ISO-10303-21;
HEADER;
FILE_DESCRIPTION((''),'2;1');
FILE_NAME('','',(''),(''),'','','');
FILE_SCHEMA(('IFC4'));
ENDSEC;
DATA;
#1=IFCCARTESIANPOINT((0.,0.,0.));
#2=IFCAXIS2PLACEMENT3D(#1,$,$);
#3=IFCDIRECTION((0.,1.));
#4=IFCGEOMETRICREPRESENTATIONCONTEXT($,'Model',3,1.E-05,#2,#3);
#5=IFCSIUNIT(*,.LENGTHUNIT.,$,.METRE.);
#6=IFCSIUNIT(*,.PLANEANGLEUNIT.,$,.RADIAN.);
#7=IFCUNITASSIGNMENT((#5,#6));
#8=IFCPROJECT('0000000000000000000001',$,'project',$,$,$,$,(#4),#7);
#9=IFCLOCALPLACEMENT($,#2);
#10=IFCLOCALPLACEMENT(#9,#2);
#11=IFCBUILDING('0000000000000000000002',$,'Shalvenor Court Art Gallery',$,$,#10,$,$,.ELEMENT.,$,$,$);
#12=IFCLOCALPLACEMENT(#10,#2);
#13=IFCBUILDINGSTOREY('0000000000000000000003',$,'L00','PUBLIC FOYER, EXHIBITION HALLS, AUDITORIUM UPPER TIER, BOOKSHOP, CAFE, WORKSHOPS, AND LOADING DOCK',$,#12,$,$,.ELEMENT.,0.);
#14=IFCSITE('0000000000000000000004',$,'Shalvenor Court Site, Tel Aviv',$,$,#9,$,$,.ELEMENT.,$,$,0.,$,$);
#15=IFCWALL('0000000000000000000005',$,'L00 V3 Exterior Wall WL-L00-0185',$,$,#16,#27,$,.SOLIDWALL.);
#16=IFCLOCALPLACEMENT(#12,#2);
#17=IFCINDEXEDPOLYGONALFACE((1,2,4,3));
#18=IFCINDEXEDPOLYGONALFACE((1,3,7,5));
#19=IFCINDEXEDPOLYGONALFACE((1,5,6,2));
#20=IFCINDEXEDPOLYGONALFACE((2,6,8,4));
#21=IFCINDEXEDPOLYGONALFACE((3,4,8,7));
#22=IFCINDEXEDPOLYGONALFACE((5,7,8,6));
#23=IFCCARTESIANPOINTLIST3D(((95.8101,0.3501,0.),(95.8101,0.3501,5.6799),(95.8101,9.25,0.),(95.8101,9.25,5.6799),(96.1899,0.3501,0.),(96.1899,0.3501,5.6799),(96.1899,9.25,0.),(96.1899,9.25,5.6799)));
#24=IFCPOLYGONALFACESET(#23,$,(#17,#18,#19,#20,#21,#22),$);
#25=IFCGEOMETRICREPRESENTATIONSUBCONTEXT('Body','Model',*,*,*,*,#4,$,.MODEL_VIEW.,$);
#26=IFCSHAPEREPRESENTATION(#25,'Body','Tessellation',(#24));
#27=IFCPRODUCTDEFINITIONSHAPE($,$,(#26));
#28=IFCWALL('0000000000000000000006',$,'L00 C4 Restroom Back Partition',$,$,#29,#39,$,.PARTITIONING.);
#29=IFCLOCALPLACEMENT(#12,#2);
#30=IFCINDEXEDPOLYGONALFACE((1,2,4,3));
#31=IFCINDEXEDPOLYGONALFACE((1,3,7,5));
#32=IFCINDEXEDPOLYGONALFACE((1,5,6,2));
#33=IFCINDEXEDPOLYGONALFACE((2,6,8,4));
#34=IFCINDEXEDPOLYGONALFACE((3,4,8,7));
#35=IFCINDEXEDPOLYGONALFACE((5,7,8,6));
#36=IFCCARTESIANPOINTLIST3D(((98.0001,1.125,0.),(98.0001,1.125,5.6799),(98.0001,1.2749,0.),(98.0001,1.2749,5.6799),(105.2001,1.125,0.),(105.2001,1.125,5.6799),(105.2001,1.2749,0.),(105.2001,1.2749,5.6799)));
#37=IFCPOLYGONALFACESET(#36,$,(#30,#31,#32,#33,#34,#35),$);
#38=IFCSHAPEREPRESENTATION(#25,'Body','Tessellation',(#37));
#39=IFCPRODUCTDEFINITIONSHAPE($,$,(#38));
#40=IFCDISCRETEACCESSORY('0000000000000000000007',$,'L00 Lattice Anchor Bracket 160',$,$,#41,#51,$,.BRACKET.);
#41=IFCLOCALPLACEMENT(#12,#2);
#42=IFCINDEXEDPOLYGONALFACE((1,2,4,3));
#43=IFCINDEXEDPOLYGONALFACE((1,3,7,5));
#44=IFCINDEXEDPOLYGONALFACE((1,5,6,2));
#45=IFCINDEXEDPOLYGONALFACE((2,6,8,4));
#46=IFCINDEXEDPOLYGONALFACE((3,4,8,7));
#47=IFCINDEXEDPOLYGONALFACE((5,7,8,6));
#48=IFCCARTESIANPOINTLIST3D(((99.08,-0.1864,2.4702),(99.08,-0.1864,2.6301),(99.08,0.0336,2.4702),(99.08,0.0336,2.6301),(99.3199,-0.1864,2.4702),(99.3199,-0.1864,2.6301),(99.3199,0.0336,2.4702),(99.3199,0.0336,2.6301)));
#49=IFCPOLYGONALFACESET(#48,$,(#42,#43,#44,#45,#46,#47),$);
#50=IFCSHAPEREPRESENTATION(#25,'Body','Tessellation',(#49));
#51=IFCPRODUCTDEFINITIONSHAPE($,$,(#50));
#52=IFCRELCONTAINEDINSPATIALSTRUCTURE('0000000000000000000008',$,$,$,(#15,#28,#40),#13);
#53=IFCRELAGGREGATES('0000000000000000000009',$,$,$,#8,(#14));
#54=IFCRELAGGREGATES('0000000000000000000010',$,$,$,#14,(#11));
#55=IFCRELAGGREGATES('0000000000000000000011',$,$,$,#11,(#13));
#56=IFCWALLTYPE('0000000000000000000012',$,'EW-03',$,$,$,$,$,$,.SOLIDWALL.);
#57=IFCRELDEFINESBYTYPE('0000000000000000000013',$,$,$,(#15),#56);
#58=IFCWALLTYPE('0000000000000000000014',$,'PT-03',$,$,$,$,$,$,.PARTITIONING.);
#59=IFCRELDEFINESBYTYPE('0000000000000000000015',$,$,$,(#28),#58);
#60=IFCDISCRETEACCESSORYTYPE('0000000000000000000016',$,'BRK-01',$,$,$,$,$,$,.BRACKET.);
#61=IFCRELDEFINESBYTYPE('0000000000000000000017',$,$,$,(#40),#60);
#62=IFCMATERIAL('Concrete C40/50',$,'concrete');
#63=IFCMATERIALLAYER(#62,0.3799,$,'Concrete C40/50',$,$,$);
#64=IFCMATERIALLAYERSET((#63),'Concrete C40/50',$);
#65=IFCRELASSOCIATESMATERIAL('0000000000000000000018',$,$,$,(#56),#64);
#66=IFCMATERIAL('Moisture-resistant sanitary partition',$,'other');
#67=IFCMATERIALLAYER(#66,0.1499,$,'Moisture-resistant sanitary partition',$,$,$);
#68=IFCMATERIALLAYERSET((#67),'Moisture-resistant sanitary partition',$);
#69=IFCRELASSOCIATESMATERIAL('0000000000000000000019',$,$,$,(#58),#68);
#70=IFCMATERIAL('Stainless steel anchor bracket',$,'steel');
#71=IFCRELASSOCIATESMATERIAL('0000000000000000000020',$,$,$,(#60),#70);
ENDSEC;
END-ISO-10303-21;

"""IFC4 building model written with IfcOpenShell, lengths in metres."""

from ifc_helpers import new_model, si_unit, direction, frame, frame_2d, origin, origin_2d, place, context, subcontext, project, spatial, rectangle, extrude, material, layer, layer_set, type_object, element, save


model = new_model("IFC4")

# Units and contexts
model_context = context("Model", 3, precision=1e-05, world=origin(), true_north=direction((0.0, 1.0)))
body_context = subcontext(model_context, "Body", "Model", "MODEL_VIEW")
ifc_project = project(units=[si_unit("LENGTHUNIT", "METRE"), si_unit("PLANEANGLEUNIT", "RADIAN")], contexts=[model_context])

# Site, building, storey
site_placement = place(None, origin())
site = spatial("IfcSite", under=ifc_project, at=site_placement, Name="Shalvenor Court Site, Tel Aviv", CompositionType="ELEMENT", RefElevation=0.0)
building_placement = place(site_placement, origin())
building = spatial("IfcBuilding", under=site, at=building_placement, Name="Shalvenor Court Art Gallery", CompositionType="ELEMENT")
storey_placement = place(building_placement, origin())
storey = spatial("IfcBuildingStorey", under=building, at=storey_placement, Name="L00", Description="PUBLIC FOYER, EXHIBITION HALLS, AUDITORIUM UPPER TIER, BOOKSHOP, CAFE, WORKSHOPS, AND LOADING DOCK", CompositionType="ELEMENT", Elevation=0.0)

# Walls
ifc_material_1 = material(Name="Concrete C40/50", Category="concrete")
ifc_layer_1 = layer(ifc_material_1, 0.3799, Name="Concrete C40/50")
ifc_layer_set_1 = layer_set([ifc_layer_1], Name="Concrete C40/50")
wall_type_1 = type_object("IfcWallType", Name="EW-03", PredefinedType="SOLIDWALL", material=ifc_layer_set_1)
wall_1_placement = place(storey_placement, frame((96.0, 0.3501, 0.0), z_axis=(0.0, 0.0, 1.0), x_axis=(0.0, 1.0, 0.0)))
element("IfcWall", 1, at=wall_1_placement, inside=storey, type_object=wall_type_1, Name="L00 V3 Exterior Wall WL-L00-0185", PredefinedType="SOLIDWALL", context=body_context, shape_type="SweptSolid", body=[
    extrude(rectangle(XDim=8.8999, YDim=0.3799, at=frame_2d((4.45, 0.0))), origin(), (0.0, 0.0, 1.0), 5.6799),
])
ifc_material_2 = material(Name="Moisture-resistant sanitary partition", Category="other")
ifc_layer_2 = layer(ifc_material_2, 0.1499, Name="Moisture-resistant sanitary partition")
ifc_layer_set_2 = layer_set([ifc_layer_2], Name="Moisture-resistant sanitary partition")
wall_type_2 = type_object("IfcWallType", Name="PT-03", PredefinedType="PARTITIONING", material=ifc_layer_set_2)
wall_2_placement = place(storey_placement, frame((98.0, 1.2, 0.0), z_axis=(0.0, 0.0, 1.0), x_axis=(1.0, 0.0, 0.0)))
element("IfcWall", 2, at=wall_2_placement, inside=storey, type_object=wall_type_2, Name="L00 C4 Restroom Back Partition", PredefinedType="PARTITIONING", context=body_context, shape_type="SweptSolid", body=[
    extrude(rectangle(XDim=7.2, YDim=0.1499, at=frame_2d((3.6001, 0.0))), origin(), (0.0, 0.0, 1.0), 5.6799),
])

# Discrete accessory
ifc_material_3 = material(Name="Stainless steel anchor bracket", Category="steel")
discrete_accessory_type = type_object("IfcDiscreteAccessoryType", Name="BRK-01", PredefinedType="BRACKET", material=ifc_material_3)
discrete_accessory_placement = place(storey_placement, frame((99.2, -0.0764, 2.4702), z_axis=(0.0, 0.0, 1.0), x_axis=(-1.0, 0.0, 0.0)))
element("IfcDiscreteAccessory", 3, at=discrete_accessory_placement, inside=storey, type_object=discrete_accessory_type, Name="L00 Lattice Anchor Bracket 160", PredefinedType="BRACKET", context=body_context, shape_type="SweptSolid", body=[
    extrude(rectangle(XDim=0.24, YDim=0.22, at=origin_2d()), origin(), (0.0, 0.0, 1.0), 0.1599),
])

save(model, "model.ifc")
